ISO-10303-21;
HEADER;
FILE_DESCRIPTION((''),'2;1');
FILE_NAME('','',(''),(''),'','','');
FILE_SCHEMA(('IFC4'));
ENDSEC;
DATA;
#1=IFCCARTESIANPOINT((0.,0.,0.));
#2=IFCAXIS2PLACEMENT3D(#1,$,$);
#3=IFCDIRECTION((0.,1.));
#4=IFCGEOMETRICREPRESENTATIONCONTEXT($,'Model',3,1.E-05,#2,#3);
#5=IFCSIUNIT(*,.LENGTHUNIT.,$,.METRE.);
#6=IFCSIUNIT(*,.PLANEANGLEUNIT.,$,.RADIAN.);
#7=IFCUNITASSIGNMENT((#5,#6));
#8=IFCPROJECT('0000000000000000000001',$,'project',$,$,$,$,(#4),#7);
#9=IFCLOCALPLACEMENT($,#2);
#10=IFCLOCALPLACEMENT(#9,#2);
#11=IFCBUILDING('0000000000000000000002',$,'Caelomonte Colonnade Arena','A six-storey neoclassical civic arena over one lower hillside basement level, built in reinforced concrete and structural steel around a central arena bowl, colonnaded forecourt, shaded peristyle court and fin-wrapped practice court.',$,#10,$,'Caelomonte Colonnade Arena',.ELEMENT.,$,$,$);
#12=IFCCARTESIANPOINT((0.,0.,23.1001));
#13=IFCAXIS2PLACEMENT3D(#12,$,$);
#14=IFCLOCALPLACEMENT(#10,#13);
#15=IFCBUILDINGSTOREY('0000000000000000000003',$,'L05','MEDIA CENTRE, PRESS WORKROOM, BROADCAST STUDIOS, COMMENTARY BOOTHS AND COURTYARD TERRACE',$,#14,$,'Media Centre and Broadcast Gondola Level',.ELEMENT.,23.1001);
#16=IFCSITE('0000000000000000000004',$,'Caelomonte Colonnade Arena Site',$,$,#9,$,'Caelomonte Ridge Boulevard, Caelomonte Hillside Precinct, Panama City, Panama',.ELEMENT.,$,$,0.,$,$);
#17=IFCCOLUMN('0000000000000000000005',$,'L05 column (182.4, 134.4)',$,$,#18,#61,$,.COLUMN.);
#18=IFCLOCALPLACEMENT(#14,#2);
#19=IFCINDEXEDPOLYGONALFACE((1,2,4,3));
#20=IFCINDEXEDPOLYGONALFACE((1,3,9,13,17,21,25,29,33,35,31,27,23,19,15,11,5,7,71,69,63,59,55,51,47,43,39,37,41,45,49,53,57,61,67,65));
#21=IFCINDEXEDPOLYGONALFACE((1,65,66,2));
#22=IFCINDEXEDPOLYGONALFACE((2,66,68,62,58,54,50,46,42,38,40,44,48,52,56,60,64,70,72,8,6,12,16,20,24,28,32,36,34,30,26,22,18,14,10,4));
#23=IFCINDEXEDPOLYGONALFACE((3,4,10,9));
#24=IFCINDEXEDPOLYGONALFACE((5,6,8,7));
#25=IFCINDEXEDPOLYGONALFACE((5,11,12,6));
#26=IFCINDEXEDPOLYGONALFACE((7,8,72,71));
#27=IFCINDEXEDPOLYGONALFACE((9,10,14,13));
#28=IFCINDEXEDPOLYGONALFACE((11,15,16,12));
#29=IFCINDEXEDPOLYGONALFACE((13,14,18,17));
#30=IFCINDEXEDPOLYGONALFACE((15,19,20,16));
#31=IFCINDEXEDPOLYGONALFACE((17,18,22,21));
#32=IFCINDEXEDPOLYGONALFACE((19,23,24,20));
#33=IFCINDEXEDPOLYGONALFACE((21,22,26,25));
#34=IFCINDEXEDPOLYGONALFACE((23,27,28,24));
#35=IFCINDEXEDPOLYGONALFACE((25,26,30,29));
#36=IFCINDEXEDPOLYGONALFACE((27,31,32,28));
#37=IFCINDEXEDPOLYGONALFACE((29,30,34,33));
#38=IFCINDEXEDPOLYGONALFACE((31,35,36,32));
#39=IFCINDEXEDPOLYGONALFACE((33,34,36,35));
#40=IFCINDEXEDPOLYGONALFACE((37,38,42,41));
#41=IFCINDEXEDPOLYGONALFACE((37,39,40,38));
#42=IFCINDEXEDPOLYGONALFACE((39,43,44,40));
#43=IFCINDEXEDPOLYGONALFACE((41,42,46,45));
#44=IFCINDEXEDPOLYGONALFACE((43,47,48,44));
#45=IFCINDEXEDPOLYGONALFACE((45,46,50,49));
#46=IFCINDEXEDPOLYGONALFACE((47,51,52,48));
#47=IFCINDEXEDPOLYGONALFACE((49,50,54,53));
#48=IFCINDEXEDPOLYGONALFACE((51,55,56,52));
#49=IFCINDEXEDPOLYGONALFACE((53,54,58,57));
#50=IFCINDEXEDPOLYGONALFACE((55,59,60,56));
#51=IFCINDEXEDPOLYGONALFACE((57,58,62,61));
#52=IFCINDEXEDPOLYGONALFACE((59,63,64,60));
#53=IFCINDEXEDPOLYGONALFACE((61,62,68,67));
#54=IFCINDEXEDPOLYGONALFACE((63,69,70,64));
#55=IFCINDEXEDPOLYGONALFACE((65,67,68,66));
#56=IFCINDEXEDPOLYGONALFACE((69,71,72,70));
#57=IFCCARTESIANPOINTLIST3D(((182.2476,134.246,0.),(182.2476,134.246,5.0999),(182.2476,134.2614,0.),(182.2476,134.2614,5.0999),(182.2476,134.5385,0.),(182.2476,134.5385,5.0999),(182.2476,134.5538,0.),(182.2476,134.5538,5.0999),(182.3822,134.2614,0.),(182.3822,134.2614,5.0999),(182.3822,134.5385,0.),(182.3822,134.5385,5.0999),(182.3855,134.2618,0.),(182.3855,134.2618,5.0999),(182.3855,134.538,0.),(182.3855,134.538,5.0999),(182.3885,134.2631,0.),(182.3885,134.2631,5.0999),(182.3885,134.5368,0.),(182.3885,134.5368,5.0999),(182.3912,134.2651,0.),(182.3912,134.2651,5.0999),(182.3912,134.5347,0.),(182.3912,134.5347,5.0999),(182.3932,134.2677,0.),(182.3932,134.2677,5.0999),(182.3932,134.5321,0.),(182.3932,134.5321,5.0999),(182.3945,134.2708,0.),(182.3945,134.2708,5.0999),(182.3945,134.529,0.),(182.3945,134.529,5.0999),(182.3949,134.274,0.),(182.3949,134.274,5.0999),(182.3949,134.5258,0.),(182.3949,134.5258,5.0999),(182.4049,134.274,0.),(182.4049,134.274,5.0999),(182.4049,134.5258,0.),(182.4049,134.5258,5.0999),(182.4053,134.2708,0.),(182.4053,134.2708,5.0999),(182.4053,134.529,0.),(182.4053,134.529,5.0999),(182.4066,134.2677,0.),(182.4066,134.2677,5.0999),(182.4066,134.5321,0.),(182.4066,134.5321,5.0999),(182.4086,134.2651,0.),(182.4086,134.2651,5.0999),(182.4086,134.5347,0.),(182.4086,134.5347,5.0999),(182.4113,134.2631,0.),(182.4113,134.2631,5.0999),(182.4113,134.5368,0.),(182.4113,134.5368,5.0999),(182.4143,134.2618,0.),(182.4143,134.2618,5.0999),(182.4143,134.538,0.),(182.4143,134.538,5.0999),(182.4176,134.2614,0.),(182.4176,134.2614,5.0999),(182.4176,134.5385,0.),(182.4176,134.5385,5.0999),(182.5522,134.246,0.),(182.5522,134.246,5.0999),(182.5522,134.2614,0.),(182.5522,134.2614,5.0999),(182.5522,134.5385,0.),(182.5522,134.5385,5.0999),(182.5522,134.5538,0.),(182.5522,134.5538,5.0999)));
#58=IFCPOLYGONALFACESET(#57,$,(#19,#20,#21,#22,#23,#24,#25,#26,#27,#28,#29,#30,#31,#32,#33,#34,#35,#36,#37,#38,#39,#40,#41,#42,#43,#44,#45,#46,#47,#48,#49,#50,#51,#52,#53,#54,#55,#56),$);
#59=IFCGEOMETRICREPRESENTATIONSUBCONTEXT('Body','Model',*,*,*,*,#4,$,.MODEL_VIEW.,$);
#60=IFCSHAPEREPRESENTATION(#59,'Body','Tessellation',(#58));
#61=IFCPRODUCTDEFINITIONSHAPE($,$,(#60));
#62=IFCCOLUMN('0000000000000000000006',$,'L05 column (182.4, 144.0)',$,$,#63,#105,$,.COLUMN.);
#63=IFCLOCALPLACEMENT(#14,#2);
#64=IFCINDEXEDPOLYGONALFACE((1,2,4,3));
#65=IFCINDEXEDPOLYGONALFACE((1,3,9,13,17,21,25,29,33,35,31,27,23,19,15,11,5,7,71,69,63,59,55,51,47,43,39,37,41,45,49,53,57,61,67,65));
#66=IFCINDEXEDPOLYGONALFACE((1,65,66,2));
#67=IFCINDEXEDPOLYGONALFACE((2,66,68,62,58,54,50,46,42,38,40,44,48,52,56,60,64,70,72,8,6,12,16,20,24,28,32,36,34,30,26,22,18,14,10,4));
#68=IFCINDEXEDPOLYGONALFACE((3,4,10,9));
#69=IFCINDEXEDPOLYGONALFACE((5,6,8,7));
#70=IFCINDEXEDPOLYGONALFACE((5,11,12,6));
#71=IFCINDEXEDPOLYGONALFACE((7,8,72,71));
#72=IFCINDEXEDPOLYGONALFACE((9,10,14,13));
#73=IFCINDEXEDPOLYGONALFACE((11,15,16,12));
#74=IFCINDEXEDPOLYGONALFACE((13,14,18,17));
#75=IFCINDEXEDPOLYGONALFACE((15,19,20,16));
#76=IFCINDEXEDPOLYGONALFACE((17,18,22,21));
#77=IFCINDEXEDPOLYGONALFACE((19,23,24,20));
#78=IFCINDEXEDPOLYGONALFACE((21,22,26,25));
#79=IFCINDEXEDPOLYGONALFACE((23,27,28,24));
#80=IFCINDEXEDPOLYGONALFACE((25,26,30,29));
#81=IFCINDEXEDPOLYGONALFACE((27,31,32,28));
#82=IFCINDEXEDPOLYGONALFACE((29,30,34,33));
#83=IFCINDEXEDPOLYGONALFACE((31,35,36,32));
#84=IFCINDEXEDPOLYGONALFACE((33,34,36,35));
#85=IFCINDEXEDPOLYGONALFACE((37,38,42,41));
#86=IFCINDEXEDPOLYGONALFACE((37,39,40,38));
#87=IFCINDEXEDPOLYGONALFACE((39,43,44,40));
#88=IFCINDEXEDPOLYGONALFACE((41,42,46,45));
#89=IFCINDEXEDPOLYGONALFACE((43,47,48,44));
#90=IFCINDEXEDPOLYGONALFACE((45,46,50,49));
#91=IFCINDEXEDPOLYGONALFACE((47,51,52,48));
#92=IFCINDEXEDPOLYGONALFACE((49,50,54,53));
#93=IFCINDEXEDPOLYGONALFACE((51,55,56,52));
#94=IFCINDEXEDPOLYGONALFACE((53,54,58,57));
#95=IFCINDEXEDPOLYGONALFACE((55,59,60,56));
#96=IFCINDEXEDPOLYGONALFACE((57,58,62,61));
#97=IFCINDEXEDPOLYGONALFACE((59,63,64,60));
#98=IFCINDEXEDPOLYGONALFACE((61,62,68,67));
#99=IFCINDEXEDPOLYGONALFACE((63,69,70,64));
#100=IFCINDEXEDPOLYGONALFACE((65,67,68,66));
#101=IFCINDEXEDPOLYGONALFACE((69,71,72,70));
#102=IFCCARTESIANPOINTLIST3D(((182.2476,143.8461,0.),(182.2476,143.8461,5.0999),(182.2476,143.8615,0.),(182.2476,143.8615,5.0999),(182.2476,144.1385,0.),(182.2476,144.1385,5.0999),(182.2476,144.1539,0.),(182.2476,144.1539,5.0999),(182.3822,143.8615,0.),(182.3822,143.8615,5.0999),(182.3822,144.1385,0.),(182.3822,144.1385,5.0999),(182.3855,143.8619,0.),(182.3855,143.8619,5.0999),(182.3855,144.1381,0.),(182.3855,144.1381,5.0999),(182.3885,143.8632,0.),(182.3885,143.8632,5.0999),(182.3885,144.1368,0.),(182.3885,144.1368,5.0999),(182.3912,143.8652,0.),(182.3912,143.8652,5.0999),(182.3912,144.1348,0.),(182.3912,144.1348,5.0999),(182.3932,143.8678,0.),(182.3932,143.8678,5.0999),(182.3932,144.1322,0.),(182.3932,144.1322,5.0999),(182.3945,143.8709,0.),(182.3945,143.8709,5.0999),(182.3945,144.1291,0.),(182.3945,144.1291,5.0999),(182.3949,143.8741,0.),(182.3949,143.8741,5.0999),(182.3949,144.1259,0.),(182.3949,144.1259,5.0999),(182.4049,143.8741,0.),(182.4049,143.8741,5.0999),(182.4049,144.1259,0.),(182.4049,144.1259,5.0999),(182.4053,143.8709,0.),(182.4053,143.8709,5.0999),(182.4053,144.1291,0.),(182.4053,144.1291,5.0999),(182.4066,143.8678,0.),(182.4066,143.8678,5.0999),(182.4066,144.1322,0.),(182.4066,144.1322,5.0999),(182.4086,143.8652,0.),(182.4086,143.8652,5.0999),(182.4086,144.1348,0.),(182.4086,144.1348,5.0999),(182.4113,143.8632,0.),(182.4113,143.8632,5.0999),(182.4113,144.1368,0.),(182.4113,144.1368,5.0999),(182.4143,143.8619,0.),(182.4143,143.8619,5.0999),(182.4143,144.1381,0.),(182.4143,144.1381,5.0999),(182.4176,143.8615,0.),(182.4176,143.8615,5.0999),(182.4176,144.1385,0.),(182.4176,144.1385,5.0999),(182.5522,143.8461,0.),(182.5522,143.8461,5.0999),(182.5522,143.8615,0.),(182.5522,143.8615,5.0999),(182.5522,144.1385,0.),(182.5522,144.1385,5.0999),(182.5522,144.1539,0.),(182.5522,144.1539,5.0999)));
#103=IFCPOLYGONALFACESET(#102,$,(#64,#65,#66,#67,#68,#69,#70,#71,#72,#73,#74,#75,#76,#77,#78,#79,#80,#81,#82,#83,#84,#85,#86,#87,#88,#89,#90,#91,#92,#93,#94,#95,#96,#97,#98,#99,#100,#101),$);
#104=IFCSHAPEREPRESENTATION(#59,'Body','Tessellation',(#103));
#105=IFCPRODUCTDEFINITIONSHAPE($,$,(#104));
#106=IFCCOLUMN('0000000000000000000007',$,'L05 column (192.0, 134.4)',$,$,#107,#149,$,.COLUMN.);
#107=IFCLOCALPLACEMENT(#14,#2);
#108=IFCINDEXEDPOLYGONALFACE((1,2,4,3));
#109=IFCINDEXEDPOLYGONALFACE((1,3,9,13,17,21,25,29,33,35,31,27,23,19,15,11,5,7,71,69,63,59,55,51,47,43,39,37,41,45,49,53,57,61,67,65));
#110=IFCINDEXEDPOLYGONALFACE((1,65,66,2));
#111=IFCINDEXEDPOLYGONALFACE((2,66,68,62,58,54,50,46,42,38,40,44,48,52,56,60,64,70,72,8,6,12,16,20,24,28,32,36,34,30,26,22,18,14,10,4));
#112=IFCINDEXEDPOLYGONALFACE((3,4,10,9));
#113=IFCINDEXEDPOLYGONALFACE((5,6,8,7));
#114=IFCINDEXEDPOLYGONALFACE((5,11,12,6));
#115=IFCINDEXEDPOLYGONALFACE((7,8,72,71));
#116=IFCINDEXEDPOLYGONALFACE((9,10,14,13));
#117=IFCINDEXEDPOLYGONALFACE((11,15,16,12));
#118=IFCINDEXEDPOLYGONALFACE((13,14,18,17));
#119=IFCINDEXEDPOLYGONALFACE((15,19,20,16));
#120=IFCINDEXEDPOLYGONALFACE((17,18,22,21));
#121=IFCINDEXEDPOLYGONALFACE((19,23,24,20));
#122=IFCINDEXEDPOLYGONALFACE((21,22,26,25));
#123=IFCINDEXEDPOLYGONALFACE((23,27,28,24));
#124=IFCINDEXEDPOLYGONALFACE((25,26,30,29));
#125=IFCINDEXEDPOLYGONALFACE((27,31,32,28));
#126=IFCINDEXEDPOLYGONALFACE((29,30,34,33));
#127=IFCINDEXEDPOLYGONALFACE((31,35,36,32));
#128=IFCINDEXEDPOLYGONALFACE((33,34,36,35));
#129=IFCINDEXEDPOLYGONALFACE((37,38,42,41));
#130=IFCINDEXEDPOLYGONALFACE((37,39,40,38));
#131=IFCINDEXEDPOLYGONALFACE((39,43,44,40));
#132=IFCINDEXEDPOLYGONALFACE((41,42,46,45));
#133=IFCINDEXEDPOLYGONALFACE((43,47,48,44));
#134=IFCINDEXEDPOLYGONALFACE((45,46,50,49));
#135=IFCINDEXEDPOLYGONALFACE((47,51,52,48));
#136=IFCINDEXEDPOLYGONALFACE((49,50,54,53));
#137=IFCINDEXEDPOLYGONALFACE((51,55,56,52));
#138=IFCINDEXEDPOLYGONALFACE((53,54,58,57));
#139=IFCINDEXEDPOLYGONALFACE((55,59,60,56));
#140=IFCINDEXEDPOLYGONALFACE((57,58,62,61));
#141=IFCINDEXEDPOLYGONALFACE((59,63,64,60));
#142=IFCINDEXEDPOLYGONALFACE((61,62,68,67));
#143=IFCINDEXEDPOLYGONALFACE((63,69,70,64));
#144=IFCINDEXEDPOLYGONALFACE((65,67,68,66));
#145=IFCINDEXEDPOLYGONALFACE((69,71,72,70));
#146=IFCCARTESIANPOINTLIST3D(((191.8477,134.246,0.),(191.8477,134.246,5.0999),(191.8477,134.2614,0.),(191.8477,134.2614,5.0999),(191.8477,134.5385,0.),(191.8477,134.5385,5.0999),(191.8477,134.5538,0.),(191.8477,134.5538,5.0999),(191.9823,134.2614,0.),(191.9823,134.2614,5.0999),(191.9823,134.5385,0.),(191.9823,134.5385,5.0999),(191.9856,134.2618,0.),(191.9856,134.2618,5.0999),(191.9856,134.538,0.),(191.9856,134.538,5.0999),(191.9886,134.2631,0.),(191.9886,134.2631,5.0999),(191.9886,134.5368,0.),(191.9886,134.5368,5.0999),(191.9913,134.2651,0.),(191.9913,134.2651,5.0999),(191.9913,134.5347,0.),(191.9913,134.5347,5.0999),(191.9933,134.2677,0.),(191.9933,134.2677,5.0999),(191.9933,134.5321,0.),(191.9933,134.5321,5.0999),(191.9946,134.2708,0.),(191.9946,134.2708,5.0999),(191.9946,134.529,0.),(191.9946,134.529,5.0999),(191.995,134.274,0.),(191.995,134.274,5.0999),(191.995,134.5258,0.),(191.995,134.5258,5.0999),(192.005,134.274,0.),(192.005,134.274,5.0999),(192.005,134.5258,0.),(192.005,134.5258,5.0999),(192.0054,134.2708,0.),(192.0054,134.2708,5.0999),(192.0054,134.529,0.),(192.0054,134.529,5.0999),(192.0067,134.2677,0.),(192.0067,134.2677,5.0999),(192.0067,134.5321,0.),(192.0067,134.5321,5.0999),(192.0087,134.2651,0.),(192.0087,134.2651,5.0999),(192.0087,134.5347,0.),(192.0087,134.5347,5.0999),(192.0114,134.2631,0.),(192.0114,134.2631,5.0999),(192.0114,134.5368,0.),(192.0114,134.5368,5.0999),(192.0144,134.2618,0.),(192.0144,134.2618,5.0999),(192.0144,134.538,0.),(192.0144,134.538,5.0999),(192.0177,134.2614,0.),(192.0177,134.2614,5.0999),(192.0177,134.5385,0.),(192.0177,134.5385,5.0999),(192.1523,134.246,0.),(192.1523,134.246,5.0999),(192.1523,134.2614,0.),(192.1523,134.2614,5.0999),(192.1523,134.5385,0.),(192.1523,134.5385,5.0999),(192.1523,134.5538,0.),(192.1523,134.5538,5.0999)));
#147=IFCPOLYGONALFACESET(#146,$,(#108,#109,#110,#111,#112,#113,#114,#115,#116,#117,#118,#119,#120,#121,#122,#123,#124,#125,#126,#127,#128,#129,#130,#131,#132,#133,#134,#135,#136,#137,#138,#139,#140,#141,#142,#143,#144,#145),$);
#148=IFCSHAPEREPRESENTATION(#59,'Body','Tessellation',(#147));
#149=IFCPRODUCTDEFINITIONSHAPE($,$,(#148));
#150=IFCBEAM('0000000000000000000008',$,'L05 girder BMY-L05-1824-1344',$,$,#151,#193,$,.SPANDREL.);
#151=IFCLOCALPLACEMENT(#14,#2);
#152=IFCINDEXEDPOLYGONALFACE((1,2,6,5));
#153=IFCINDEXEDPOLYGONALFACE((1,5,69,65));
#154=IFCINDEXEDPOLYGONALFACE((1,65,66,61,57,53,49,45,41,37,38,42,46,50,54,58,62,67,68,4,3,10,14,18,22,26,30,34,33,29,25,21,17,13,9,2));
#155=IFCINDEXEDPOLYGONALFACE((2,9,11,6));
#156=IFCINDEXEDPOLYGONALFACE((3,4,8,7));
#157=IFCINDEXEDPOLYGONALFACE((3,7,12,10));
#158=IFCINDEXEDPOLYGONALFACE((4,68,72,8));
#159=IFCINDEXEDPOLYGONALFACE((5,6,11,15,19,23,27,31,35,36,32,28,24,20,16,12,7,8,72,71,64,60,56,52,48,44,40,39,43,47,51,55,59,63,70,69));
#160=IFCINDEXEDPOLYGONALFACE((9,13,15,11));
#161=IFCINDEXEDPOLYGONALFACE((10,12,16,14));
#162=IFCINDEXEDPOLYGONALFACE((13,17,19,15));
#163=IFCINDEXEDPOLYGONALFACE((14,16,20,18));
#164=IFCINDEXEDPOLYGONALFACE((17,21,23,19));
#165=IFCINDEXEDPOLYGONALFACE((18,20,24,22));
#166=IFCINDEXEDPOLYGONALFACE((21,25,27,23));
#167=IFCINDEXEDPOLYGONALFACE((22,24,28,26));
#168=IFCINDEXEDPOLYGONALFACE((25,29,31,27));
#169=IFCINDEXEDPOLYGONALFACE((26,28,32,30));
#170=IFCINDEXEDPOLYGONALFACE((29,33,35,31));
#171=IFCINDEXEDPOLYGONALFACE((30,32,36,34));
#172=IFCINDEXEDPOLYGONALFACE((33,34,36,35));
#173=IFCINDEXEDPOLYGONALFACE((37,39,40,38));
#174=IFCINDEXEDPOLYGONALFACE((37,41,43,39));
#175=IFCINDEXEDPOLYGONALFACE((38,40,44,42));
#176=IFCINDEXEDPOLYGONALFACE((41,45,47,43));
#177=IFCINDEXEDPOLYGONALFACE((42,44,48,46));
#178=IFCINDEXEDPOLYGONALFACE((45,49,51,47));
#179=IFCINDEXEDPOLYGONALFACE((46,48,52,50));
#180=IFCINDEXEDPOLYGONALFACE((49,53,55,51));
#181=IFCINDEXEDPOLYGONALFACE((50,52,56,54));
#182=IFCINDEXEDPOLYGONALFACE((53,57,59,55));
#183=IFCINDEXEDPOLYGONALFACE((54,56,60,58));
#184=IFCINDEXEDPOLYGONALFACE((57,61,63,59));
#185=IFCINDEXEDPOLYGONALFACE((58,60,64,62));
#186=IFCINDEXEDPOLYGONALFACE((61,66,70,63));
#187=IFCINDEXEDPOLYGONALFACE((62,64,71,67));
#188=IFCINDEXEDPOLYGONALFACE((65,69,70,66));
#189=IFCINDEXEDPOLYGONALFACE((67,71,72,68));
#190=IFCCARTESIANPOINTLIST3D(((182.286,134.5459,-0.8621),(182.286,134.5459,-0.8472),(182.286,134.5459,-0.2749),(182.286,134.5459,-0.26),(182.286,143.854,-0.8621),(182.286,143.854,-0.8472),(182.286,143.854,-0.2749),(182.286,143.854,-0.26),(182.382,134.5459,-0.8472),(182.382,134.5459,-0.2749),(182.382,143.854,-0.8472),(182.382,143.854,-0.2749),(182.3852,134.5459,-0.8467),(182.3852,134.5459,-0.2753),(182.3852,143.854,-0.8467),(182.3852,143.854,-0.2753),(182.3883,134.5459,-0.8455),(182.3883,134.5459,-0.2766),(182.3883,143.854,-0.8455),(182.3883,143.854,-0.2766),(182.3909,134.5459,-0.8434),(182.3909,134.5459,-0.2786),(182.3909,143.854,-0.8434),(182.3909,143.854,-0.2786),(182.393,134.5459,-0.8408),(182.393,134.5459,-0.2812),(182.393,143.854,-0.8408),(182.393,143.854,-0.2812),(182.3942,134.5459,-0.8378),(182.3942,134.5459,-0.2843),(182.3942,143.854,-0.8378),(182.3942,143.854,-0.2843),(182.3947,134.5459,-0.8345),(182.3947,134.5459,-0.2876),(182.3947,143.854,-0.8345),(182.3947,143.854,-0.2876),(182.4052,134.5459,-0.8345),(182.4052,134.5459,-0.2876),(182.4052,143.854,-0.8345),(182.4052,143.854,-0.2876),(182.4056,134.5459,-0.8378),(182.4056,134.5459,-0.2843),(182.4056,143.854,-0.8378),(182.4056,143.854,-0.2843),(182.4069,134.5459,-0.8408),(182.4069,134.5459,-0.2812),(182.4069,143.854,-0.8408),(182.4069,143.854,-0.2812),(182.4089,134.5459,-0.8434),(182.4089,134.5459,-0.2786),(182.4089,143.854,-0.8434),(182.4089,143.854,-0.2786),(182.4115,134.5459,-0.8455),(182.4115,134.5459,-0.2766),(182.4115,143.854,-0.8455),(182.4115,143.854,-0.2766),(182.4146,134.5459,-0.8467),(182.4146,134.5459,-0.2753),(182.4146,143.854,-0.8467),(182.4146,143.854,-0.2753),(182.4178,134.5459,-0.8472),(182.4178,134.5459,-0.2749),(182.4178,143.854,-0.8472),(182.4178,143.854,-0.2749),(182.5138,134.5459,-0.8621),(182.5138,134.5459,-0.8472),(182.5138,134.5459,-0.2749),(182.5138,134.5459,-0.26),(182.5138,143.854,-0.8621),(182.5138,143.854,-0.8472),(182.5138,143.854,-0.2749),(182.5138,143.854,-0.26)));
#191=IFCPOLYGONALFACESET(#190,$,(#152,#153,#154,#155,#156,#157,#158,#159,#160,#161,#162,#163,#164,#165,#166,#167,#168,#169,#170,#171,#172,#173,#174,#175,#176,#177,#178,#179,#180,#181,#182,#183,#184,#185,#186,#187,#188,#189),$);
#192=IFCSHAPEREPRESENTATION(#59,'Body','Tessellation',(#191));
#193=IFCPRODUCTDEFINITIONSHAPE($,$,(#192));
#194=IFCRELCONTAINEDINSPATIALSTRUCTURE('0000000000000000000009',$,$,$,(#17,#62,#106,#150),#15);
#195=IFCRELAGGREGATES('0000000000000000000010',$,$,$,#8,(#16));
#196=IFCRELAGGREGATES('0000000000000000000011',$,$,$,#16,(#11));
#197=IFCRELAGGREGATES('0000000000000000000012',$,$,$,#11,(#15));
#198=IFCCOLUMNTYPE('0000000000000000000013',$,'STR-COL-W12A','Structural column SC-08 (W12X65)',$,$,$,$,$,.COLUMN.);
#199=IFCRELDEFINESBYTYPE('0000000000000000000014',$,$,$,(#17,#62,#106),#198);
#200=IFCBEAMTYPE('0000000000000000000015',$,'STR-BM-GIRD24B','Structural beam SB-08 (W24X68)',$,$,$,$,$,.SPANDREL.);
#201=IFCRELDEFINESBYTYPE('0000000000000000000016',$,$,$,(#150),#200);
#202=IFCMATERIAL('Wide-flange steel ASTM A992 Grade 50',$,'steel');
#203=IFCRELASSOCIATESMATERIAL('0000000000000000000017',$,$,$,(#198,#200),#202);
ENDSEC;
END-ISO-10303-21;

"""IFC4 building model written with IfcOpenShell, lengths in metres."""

from ifc_helpers import new_model, si_unit, direction, frame, origin, origin_2d, place, context, subcontext, project, spatial, i_section, extrude, material, material_profile, profile_set, type_object, element, save


model = new_model("IFC4")

# Units and contexts
model_context = context("Model", 3, precision=1e-05, world=origin(), true_north=direction((0.0, 1.0)))
body_context = subcontext(model_context, "Body", "Model", "MODEL_VIEW")
ifc_project = project(units=[si_unit("LENGTHUNIT", "METRE"), si_unit("PLANEANGLEUNIT", "RADIAN")], contexts=[model_context])

# Site, building, storey
site_placement = place(None, origin())
site = spatial("IfcSite", under=ifc_project, at=site_placement, Name="Caelomonte Colonnade Arena Site", LongName="Caelomonte Ridge Boulevard, Caelomonte Hillside Precinct, Panama City, Panama", CompositionType="ELEMENT", RefElevation=0.0)
building_placement = place(site_placement, origin())
building = spatial("IfcBuilding", under=site, at=building_placement, Name="Caelomonte Colonnade Arena", Description="A six-storey neoclassical civic arena over one lower hillside basement level, built in reinforced concrete and structural steel around a central arena bowl, colonnaded forecourt, shaded peristyle court and fin-wrapped practice court.", LongName="Caelomonte Colonnade Arena", CompositionType="ELEMENT")
storey_placement = place(building_placement, frame((0.0, 0.0, 23.1001)))
storey = spatial("IfcBuildingStorey", under=building, at=storey_placement, Name="L05", Description="MEDIA CENTRE, PRESS WORKROOM, BROADCAST STUDIOS, COMMENTARY BOOTHS AND COURTYARD TERRACE", LongName="Media Centre and Broadcast Gondola Level", CompositionType="ELEMENT", Elevation=23.1001)

# Columns
ifc_material_1 = material(Name="Wide-flange steel ASTM A992 Grade 50", Category="steel")
ifc_material_profile_1 = material_profile(ifc_material_1, i_section(OverallWidth=0.3047, OverallDepth=0.3079, WebThickness=0.01, FlangeThickness=0.0154, FilletRadius=0.0127, at=origin_2d()), Name="W12X65")
ifc_profile_set_1 = profile_set([ifc_material_profile_1], Name="Wide-flange steel ASTM A992 Grade 50")
column_type = type_object("IfcColumnType", Name="STR-COL-W12A", Description="Structural column SC-08 (W12X65)", PredefinedType="COLUMN", material=ifc_profile_set_1)
for number, where, z_axis, x_axis, name in (
    (1, (182.3999, 134.3999, 0.0), (0.0, 0.0, 1.0), (1.0, 0.0, 0.0), "L05 column (182.4, 134.4)"),
    (2, (182.3999, 144.0, 0.0), (0.0, 0.0, 1.0), (1.0, 0.0, 0.0), "L05 column (182.4, 144.0)"),
    (3, (192.0, 134.3999, 0.0), (0.0, 0.0, 1.0), (1.0, 0.0, 0.0), "L05 column (192.0, 134.4)"),
):
    element("IfcColumn", number, at=place(storey_placement, frame(where, z_axis=z_axis, x_axis=x_axis)), inside=storey, type_object=column_type, Name=name, PredefinedType="COLUMN", context=body_context, shape_type="SweptSolid", body=[
        extrude(i_section(OverallWidth=0.3047, OverallDepth=0.3079, WebThickness=0.01, FlangeThickness=0.0154, FilletRadius=0.0127, at=origin_2d()), origin(), (0.0, 0.0, 1.0), 5.0999),
    ])

# Beam
ifc_material_profile_2 = material_profile(ifc_material_1, i_section(OverallWidth=0.2278, OverallDepth=0.6021, WebThickness=0.0105, FlangeThickness=0.0149, FilletRadius=0.0127, at=origin_2d()), Name="W24X68")
ifc_profile_set_2 = profile_set([ifc_material_profile_2], Name="Wide-flange steel ASTM A992 Grade 50")
beam_type_1 = type_object("IfcBeamType", Name="STR-BM-GIRD24B", Description="Structural beam SB-08 (W24X68)", PredefinedType="SPANDREL", material=ifc_profile_set_2)
beam_1_placement = place(storey_placement, frame((182.3999, 134.5459, -0.561), z_axis=(0.0, 1.0, 0.0), x_axis=(-1.0, 0.0, 0.0)))
element("IfcBeam", 4, at=beam_1_placement, inside=storey, type_object=beam_type_1, Name="L05 girder BMY-L05-1824-1344", PredefinedType="SPANDREL", context=body_context, shape_type="SweptSolid", body=[
    extrude(i_section(OverallWidth=0.2278, OverallDepth=0.6021, WebThickness=0.0105, FlangeThickness=0.0149, FilletRadius=0.0127, at=origin_2d()), origin(), (0.0, 0.0, 1.0), 9.3081),
])

save(model, "model.ifc")
